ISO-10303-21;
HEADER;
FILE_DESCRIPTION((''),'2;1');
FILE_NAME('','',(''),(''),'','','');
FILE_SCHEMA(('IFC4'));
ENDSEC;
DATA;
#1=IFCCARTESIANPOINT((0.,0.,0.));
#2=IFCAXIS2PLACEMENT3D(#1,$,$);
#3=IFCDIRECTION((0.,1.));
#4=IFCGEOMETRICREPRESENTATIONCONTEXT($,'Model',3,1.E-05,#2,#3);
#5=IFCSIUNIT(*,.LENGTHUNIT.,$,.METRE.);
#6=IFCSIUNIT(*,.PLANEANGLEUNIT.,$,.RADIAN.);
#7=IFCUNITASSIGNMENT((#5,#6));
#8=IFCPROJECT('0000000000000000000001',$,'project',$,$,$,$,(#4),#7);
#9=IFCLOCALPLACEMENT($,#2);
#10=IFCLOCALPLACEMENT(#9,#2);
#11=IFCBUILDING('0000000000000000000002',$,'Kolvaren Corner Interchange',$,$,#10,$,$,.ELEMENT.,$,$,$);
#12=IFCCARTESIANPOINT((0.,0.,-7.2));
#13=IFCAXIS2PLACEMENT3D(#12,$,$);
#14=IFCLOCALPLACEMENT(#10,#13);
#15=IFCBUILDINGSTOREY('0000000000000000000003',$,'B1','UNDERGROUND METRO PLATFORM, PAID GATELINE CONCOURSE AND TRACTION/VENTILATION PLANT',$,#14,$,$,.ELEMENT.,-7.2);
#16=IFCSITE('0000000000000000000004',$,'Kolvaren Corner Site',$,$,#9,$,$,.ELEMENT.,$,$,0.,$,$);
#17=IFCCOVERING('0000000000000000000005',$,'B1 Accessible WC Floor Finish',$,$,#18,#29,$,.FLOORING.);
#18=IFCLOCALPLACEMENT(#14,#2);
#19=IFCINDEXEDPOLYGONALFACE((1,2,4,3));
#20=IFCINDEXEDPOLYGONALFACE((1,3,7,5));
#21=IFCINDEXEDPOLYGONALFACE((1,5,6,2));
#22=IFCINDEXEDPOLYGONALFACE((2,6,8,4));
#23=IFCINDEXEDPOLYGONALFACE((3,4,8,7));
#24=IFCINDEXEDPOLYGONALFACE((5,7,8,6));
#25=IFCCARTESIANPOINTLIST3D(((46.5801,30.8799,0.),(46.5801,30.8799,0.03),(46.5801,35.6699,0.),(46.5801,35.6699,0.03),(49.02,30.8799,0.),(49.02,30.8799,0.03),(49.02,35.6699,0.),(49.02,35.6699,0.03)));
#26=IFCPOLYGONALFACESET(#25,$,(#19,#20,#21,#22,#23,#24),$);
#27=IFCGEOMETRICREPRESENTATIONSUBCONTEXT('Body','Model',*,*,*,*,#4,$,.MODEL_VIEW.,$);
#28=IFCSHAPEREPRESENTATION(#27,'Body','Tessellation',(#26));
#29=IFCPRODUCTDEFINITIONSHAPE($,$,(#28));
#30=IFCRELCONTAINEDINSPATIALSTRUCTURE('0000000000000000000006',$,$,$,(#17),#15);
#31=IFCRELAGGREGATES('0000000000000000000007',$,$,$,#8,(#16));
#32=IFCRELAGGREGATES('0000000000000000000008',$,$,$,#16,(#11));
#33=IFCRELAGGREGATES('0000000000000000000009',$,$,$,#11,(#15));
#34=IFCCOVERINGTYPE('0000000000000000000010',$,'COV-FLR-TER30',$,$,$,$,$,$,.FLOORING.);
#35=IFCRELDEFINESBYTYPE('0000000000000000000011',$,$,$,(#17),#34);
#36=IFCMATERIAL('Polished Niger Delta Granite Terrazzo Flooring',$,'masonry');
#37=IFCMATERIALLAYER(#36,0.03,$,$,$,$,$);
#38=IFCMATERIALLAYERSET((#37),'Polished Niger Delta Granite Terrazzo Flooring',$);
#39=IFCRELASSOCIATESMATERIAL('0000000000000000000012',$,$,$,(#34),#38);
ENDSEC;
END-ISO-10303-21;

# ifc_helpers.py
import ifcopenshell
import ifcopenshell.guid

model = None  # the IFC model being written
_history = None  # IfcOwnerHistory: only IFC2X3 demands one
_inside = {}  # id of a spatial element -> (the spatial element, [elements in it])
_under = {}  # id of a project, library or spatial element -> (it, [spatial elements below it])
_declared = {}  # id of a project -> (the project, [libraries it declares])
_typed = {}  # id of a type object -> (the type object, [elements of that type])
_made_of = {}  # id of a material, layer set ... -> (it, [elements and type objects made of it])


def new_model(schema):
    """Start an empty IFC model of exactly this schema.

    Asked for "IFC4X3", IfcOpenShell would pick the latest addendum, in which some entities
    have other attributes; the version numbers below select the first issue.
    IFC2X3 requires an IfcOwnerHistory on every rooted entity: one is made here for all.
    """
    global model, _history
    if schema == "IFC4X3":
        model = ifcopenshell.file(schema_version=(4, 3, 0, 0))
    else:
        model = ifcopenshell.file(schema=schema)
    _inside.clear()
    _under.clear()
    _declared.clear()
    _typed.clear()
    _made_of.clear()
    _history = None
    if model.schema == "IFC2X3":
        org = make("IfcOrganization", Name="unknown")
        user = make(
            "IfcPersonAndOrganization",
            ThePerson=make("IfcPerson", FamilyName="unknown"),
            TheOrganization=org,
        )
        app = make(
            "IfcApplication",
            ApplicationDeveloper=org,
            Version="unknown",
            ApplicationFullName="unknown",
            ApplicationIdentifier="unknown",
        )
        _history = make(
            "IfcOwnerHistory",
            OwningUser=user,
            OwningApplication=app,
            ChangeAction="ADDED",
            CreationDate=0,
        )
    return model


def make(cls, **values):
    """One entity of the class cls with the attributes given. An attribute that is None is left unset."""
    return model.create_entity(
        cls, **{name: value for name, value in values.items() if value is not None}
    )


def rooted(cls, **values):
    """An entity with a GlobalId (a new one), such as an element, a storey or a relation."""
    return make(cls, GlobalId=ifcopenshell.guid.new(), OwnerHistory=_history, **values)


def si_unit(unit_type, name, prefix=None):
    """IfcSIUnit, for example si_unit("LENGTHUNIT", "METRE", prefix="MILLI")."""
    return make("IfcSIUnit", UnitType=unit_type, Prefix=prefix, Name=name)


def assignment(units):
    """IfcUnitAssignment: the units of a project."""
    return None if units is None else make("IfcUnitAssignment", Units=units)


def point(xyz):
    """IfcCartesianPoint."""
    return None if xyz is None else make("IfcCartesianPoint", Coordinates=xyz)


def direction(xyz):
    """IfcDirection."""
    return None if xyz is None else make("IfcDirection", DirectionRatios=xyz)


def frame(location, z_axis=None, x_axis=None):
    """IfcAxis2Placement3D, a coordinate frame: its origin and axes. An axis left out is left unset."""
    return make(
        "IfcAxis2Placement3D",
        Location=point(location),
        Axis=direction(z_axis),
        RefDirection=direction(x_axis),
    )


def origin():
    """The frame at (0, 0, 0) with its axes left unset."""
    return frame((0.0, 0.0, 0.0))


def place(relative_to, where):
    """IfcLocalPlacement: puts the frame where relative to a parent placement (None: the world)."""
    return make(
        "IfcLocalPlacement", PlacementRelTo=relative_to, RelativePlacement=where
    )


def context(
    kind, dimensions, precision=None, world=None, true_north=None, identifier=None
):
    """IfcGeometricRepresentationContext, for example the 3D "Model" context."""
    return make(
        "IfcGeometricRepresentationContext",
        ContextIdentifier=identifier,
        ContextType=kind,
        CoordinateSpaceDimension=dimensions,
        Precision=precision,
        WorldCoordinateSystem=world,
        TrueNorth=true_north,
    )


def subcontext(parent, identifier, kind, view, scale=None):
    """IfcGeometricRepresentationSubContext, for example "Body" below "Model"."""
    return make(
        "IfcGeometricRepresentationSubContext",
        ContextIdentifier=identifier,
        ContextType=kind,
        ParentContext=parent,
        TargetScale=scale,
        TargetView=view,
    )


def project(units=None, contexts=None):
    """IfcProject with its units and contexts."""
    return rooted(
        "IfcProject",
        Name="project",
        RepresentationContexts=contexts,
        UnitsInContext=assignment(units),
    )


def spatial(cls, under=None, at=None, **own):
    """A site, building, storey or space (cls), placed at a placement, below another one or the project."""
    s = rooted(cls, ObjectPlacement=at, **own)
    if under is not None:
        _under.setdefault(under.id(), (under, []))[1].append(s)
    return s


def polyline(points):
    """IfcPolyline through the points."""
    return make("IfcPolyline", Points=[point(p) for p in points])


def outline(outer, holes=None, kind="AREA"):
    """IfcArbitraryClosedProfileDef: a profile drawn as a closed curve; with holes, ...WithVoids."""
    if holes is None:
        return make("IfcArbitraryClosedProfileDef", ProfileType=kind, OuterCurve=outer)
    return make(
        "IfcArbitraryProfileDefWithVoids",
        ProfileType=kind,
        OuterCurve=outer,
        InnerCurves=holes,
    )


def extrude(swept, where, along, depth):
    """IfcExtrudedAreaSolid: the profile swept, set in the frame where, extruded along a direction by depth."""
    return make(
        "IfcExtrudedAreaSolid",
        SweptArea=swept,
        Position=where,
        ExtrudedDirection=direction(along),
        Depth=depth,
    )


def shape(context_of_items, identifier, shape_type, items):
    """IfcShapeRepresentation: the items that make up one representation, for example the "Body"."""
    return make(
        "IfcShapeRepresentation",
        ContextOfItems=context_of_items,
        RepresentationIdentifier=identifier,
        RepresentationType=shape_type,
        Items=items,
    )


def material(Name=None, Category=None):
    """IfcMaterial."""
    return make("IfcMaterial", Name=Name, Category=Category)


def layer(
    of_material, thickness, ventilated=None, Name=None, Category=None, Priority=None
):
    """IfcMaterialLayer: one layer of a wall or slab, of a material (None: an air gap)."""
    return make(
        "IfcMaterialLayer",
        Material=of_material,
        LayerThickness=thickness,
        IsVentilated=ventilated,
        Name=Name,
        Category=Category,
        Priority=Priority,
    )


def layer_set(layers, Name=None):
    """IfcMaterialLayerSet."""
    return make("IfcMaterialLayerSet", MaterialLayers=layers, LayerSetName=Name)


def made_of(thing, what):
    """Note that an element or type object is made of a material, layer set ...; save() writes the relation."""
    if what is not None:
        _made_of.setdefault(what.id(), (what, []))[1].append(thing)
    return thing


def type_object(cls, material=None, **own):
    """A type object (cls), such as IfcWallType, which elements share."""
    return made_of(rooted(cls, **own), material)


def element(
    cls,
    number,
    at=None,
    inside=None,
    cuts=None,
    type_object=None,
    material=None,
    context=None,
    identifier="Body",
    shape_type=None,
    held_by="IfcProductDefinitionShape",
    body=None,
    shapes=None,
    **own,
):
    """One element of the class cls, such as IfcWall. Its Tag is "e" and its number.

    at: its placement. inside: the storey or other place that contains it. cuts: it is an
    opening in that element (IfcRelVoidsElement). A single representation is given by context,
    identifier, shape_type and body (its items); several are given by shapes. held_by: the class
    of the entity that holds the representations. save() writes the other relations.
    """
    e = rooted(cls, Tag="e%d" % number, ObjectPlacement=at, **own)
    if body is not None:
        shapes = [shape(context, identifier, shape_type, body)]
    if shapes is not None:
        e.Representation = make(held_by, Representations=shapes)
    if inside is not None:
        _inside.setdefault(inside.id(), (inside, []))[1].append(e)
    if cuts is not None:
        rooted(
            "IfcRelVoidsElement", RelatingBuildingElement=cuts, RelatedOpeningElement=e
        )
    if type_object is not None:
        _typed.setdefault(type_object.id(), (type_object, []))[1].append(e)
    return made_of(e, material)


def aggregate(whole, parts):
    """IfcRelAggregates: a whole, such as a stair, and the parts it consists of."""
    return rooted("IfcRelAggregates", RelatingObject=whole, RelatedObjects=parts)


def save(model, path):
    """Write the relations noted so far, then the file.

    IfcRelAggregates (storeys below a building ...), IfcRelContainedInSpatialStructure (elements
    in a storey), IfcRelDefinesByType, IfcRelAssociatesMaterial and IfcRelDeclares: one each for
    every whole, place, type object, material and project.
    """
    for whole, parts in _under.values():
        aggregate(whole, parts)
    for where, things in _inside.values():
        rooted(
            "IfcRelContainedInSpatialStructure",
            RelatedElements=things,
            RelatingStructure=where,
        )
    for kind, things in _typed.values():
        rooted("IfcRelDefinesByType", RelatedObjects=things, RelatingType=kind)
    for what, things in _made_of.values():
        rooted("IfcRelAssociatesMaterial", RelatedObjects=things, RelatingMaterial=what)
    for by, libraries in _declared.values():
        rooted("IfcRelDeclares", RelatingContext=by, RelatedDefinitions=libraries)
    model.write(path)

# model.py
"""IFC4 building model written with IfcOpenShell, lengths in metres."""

from ifc_helpers import new_model, si_unit, direction, frame, origin, place, context, subcontext, project, spatial, polyline, outline, extrude, material, layer, layer_set, type_object, element, save


model = new_model("IFC4")

# Units and contexts
model_context = context("Model", 3, precision=1e-05, world=origin(), true_north=direction((0.0, 1.0)))
body_context = subcontext(model_context, "Body", "Model", "MODEL_VIEW")
ifc_project = project(units=[si_unit("LENGTHUNIT", "METRE"), si_unit("PLANEANGLEUNIT", "RADIAN")], contexts=[model_context])

# Site, building, storey
site_placement = place(None, origin())
site = spatial("IfcSite", under=ifc_project, at=site_placement, Name="Kolvaren Corner Site", CompositionType="ELEMENT", RefElevation=0.0)
building_placement = place(site_placement, origin())
building = spatial("IfcBuilding", under=site, at=building_placement, Name="Kolvaren Corner Interchange", CompositionType="ELEMENT")
storey_placement = place(building_placement, frame((0.0, 0.0, -7.2)))
storey = spatial("IfcBuildingStorey", under=building, at=storey_placement, Name="B1", Description="UNDERGROUND METRO PLATFORM, PAID GATELINE CONCOURSE AND TRACTION/VENTILATION PLANT", CompositionType="ELEMENT", Elevation=-7.2)

# Covering
ifc_material_1 = material(Name="Polished Niger Delta Granite Terrazzo Flooring", Category="masonry")
ifc_layer_1 = layer(ifc_material_1, 0.03)
ifc_layer_set_1 = layer_set([ifc_layer_1], Name="Polished Niger Delta Granite Terrazzo Flooring")
covering_type_1 = type_object("IfcCoveringType", Name="COV-FLR-TER30", PredefinedType="FLOORING", material=ifc_layer_set_1)
covering_1_placement = place(storey_placement, origin())
element("IfcCovering", 1, at=covering_1_placement, inside=storey, type_object=covering_type_1, Name="B1 Accessible WC Floor Finish", PredefinedType="FLOORING", context=body_context, shape_type="SweptSolid", body=[
    extrude(outline(polyline([(46.5801, 30.8799), (49.02, 30.8799), (49.02, 35.6699), (46.5801, 35.6699), (46.5801, 30.8799)])), origin(), (0.0, 0.0, 1.0), 0.03),
])

save(model, "model.ifc")
